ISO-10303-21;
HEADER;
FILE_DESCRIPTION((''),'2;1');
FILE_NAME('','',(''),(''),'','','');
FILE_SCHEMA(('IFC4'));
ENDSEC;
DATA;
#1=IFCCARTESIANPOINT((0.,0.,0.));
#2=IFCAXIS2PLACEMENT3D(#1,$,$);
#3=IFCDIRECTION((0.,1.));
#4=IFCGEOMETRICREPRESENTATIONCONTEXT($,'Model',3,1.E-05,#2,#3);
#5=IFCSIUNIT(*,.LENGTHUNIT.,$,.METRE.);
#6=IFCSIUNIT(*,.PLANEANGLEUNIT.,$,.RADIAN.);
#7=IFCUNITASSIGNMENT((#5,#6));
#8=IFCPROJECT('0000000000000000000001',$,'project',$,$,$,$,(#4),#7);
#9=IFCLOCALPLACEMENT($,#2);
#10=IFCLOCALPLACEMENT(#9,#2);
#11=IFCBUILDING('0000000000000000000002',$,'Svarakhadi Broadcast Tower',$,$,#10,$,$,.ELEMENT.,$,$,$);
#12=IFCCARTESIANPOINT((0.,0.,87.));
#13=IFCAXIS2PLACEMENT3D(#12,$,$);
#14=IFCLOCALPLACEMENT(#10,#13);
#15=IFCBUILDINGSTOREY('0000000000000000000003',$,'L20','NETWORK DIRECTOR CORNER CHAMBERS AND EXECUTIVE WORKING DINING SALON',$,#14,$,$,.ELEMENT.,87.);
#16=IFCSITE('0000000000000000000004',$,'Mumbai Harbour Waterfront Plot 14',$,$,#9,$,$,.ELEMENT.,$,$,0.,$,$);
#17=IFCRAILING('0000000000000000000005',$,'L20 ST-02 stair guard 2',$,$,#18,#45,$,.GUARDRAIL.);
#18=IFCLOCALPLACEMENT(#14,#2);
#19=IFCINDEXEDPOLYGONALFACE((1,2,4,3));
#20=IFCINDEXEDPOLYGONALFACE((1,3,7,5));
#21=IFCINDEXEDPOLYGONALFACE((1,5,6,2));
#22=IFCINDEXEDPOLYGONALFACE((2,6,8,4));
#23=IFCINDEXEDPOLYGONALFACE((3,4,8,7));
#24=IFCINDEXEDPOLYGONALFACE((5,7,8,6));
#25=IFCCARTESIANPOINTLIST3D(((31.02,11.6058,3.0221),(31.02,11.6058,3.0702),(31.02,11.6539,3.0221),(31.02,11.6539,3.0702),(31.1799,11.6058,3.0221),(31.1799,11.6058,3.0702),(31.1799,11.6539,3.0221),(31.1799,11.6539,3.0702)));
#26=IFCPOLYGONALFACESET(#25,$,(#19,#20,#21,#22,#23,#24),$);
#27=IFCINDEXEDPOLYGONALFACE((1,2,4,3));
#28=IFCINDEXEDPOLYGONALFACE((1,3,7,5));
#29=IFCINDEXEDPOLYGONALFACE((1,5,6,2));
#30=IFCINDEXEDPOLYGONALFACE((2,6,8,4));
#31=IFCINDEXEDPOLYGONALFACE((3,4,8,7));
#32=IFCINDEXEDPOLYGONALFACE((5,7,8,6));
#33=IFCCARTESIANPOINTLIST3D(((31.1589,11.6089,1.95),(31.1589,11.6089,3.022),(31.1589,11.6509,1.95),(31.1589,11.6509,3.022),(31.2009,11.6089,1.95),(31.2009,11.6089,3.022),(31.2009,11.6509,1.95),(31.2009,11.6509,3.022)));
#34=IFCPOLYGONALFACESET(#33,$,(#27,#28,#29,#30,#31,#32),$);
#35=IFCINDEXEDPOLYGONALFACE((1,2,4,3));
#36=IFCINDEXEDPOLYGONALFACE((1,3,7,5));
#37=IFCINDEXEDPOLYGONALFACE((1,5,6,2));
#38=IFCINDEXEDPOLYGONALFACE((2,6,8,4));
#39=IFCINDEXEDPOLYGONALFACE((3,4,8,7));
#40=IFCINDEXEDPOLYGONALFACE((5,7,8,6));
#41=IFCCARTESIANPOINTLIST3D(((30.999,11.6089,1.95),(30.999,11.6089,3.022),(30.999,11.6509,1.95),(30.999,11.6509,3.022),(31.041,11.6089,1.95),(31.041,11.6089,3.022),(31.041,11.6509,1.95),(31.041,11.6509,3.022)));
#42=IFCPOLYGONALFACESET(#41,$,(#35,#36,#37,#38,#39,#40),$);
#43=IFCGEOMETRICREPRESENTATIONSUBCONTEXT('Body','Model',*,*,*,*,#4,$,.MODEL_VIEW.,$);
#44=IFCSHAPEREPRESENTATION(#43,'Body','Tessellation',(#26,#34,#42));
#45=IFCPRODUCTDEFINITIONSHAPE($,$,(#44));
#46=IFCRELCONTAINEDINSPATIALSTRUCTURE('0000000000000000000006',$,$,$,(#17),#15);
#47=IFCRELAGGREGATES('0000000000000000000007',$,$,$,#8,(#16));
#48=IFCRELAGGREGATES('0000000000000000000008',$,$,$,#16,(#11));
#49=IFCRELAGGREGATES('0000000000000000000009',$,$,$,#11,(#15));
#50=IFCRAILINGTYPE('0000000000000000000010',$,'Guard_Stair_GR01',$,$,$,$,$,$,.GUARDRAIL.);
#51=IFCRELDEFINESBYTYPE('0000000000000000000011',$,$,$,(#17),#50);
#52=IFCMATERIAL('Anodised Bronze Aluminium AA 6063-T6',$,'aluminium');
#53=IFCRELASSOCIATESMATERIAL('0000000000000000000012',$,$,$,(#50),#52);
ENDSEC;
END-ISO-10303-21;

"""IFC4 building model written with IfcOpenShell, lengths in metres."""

from ifc_helpers import new_model, si_unit, direction, frame, origin, origin_2d, place, context, subcontext, project, spatial, rectangle, extrude, material, type_object, element, save


model = new_model("IFC4")

# Units and contexts
model_context = context("Model", 3, precision=1e-05, world=origin(), true_north=direction((0.0, 1.0)))
body_context = subcontext(model_context, "Body", "Model", "MODEL_VIEW")
ifc_project = project(units=[si_unit("LENGTHUNIT", "METRE"), si_unit("PLANEANGLEUNIT", "RADIAN")], contexts=[model_context])

# Site, building, storey
site_placement = place(None, origin())
site = spatial("IfcSite", under=ifc_project, at=site_placement, Name="Mumbai Harbour Waterfront Plot 14", CompositionType="ELEMENT", RefElevation=0.0)
building_placement = place(site_placement, origin())
building = spatial("IfcBuilding", under=site, at=building_placement, Name="Svarakhadi Broadcast Tower", CompositionType="ELEMENT")
storey_placement = place(building_placement, frame((0.0, 0.0, 87.0)))
storey = spatial("IfcBuildingStorey", under=building, at=storey_placement, Name="L20", Description="NETWORK DIRECTOR CORNER CHAMBERS AND EXECUTIVE WORKING DINING SALON", CompositionType="ELEMENT", Elevation=87.0)

# Railing
ifc_material_1 = material(Name="Anodised Bronze Aluminium AA 6063-T6", Category="aluminium")
railing_type = type_object("IfcRailingType", Name="Guard_Stair_GR01", PredefinedType="GUARDRAIL", material=ifc_material_1)
railing_placement = place(storey_placement, frame((31.1799, 11.6299, 1.95)))
element("IfcRailing", 1, at=railing_placement, inside=storey, type_object=railing_type, Name="L20 ST-02 stair guard 2", PredefinedType="GUARDRAIL", context=body_context, shape_type="SweptSolid", body=[
    extrude(rectangle(XDim=0.0481, YDim=0.0481, at=origin_2d()), frame((0.0, 0.0, 1.0962), z_axis=(-1.0, 0.0, 0.0), x_axis=(0.0, -1.0, 0.0)), (0.0, 0.0, 1.0), 0.1599),
    extrude(rectangle(XDim=0.042, YDim=0.042, at=origin_2d()), origin(), (0.0, 0.0, 1.0), 1.072),
    extrude(rectangle(XDim=0.042, YDim=0.042, at=origin_2d()), frame((-0.1599, 0.0, 0.0)), (0.0, 0.0, 1.0), 1.072),
])

save(model, "model.ifc")
